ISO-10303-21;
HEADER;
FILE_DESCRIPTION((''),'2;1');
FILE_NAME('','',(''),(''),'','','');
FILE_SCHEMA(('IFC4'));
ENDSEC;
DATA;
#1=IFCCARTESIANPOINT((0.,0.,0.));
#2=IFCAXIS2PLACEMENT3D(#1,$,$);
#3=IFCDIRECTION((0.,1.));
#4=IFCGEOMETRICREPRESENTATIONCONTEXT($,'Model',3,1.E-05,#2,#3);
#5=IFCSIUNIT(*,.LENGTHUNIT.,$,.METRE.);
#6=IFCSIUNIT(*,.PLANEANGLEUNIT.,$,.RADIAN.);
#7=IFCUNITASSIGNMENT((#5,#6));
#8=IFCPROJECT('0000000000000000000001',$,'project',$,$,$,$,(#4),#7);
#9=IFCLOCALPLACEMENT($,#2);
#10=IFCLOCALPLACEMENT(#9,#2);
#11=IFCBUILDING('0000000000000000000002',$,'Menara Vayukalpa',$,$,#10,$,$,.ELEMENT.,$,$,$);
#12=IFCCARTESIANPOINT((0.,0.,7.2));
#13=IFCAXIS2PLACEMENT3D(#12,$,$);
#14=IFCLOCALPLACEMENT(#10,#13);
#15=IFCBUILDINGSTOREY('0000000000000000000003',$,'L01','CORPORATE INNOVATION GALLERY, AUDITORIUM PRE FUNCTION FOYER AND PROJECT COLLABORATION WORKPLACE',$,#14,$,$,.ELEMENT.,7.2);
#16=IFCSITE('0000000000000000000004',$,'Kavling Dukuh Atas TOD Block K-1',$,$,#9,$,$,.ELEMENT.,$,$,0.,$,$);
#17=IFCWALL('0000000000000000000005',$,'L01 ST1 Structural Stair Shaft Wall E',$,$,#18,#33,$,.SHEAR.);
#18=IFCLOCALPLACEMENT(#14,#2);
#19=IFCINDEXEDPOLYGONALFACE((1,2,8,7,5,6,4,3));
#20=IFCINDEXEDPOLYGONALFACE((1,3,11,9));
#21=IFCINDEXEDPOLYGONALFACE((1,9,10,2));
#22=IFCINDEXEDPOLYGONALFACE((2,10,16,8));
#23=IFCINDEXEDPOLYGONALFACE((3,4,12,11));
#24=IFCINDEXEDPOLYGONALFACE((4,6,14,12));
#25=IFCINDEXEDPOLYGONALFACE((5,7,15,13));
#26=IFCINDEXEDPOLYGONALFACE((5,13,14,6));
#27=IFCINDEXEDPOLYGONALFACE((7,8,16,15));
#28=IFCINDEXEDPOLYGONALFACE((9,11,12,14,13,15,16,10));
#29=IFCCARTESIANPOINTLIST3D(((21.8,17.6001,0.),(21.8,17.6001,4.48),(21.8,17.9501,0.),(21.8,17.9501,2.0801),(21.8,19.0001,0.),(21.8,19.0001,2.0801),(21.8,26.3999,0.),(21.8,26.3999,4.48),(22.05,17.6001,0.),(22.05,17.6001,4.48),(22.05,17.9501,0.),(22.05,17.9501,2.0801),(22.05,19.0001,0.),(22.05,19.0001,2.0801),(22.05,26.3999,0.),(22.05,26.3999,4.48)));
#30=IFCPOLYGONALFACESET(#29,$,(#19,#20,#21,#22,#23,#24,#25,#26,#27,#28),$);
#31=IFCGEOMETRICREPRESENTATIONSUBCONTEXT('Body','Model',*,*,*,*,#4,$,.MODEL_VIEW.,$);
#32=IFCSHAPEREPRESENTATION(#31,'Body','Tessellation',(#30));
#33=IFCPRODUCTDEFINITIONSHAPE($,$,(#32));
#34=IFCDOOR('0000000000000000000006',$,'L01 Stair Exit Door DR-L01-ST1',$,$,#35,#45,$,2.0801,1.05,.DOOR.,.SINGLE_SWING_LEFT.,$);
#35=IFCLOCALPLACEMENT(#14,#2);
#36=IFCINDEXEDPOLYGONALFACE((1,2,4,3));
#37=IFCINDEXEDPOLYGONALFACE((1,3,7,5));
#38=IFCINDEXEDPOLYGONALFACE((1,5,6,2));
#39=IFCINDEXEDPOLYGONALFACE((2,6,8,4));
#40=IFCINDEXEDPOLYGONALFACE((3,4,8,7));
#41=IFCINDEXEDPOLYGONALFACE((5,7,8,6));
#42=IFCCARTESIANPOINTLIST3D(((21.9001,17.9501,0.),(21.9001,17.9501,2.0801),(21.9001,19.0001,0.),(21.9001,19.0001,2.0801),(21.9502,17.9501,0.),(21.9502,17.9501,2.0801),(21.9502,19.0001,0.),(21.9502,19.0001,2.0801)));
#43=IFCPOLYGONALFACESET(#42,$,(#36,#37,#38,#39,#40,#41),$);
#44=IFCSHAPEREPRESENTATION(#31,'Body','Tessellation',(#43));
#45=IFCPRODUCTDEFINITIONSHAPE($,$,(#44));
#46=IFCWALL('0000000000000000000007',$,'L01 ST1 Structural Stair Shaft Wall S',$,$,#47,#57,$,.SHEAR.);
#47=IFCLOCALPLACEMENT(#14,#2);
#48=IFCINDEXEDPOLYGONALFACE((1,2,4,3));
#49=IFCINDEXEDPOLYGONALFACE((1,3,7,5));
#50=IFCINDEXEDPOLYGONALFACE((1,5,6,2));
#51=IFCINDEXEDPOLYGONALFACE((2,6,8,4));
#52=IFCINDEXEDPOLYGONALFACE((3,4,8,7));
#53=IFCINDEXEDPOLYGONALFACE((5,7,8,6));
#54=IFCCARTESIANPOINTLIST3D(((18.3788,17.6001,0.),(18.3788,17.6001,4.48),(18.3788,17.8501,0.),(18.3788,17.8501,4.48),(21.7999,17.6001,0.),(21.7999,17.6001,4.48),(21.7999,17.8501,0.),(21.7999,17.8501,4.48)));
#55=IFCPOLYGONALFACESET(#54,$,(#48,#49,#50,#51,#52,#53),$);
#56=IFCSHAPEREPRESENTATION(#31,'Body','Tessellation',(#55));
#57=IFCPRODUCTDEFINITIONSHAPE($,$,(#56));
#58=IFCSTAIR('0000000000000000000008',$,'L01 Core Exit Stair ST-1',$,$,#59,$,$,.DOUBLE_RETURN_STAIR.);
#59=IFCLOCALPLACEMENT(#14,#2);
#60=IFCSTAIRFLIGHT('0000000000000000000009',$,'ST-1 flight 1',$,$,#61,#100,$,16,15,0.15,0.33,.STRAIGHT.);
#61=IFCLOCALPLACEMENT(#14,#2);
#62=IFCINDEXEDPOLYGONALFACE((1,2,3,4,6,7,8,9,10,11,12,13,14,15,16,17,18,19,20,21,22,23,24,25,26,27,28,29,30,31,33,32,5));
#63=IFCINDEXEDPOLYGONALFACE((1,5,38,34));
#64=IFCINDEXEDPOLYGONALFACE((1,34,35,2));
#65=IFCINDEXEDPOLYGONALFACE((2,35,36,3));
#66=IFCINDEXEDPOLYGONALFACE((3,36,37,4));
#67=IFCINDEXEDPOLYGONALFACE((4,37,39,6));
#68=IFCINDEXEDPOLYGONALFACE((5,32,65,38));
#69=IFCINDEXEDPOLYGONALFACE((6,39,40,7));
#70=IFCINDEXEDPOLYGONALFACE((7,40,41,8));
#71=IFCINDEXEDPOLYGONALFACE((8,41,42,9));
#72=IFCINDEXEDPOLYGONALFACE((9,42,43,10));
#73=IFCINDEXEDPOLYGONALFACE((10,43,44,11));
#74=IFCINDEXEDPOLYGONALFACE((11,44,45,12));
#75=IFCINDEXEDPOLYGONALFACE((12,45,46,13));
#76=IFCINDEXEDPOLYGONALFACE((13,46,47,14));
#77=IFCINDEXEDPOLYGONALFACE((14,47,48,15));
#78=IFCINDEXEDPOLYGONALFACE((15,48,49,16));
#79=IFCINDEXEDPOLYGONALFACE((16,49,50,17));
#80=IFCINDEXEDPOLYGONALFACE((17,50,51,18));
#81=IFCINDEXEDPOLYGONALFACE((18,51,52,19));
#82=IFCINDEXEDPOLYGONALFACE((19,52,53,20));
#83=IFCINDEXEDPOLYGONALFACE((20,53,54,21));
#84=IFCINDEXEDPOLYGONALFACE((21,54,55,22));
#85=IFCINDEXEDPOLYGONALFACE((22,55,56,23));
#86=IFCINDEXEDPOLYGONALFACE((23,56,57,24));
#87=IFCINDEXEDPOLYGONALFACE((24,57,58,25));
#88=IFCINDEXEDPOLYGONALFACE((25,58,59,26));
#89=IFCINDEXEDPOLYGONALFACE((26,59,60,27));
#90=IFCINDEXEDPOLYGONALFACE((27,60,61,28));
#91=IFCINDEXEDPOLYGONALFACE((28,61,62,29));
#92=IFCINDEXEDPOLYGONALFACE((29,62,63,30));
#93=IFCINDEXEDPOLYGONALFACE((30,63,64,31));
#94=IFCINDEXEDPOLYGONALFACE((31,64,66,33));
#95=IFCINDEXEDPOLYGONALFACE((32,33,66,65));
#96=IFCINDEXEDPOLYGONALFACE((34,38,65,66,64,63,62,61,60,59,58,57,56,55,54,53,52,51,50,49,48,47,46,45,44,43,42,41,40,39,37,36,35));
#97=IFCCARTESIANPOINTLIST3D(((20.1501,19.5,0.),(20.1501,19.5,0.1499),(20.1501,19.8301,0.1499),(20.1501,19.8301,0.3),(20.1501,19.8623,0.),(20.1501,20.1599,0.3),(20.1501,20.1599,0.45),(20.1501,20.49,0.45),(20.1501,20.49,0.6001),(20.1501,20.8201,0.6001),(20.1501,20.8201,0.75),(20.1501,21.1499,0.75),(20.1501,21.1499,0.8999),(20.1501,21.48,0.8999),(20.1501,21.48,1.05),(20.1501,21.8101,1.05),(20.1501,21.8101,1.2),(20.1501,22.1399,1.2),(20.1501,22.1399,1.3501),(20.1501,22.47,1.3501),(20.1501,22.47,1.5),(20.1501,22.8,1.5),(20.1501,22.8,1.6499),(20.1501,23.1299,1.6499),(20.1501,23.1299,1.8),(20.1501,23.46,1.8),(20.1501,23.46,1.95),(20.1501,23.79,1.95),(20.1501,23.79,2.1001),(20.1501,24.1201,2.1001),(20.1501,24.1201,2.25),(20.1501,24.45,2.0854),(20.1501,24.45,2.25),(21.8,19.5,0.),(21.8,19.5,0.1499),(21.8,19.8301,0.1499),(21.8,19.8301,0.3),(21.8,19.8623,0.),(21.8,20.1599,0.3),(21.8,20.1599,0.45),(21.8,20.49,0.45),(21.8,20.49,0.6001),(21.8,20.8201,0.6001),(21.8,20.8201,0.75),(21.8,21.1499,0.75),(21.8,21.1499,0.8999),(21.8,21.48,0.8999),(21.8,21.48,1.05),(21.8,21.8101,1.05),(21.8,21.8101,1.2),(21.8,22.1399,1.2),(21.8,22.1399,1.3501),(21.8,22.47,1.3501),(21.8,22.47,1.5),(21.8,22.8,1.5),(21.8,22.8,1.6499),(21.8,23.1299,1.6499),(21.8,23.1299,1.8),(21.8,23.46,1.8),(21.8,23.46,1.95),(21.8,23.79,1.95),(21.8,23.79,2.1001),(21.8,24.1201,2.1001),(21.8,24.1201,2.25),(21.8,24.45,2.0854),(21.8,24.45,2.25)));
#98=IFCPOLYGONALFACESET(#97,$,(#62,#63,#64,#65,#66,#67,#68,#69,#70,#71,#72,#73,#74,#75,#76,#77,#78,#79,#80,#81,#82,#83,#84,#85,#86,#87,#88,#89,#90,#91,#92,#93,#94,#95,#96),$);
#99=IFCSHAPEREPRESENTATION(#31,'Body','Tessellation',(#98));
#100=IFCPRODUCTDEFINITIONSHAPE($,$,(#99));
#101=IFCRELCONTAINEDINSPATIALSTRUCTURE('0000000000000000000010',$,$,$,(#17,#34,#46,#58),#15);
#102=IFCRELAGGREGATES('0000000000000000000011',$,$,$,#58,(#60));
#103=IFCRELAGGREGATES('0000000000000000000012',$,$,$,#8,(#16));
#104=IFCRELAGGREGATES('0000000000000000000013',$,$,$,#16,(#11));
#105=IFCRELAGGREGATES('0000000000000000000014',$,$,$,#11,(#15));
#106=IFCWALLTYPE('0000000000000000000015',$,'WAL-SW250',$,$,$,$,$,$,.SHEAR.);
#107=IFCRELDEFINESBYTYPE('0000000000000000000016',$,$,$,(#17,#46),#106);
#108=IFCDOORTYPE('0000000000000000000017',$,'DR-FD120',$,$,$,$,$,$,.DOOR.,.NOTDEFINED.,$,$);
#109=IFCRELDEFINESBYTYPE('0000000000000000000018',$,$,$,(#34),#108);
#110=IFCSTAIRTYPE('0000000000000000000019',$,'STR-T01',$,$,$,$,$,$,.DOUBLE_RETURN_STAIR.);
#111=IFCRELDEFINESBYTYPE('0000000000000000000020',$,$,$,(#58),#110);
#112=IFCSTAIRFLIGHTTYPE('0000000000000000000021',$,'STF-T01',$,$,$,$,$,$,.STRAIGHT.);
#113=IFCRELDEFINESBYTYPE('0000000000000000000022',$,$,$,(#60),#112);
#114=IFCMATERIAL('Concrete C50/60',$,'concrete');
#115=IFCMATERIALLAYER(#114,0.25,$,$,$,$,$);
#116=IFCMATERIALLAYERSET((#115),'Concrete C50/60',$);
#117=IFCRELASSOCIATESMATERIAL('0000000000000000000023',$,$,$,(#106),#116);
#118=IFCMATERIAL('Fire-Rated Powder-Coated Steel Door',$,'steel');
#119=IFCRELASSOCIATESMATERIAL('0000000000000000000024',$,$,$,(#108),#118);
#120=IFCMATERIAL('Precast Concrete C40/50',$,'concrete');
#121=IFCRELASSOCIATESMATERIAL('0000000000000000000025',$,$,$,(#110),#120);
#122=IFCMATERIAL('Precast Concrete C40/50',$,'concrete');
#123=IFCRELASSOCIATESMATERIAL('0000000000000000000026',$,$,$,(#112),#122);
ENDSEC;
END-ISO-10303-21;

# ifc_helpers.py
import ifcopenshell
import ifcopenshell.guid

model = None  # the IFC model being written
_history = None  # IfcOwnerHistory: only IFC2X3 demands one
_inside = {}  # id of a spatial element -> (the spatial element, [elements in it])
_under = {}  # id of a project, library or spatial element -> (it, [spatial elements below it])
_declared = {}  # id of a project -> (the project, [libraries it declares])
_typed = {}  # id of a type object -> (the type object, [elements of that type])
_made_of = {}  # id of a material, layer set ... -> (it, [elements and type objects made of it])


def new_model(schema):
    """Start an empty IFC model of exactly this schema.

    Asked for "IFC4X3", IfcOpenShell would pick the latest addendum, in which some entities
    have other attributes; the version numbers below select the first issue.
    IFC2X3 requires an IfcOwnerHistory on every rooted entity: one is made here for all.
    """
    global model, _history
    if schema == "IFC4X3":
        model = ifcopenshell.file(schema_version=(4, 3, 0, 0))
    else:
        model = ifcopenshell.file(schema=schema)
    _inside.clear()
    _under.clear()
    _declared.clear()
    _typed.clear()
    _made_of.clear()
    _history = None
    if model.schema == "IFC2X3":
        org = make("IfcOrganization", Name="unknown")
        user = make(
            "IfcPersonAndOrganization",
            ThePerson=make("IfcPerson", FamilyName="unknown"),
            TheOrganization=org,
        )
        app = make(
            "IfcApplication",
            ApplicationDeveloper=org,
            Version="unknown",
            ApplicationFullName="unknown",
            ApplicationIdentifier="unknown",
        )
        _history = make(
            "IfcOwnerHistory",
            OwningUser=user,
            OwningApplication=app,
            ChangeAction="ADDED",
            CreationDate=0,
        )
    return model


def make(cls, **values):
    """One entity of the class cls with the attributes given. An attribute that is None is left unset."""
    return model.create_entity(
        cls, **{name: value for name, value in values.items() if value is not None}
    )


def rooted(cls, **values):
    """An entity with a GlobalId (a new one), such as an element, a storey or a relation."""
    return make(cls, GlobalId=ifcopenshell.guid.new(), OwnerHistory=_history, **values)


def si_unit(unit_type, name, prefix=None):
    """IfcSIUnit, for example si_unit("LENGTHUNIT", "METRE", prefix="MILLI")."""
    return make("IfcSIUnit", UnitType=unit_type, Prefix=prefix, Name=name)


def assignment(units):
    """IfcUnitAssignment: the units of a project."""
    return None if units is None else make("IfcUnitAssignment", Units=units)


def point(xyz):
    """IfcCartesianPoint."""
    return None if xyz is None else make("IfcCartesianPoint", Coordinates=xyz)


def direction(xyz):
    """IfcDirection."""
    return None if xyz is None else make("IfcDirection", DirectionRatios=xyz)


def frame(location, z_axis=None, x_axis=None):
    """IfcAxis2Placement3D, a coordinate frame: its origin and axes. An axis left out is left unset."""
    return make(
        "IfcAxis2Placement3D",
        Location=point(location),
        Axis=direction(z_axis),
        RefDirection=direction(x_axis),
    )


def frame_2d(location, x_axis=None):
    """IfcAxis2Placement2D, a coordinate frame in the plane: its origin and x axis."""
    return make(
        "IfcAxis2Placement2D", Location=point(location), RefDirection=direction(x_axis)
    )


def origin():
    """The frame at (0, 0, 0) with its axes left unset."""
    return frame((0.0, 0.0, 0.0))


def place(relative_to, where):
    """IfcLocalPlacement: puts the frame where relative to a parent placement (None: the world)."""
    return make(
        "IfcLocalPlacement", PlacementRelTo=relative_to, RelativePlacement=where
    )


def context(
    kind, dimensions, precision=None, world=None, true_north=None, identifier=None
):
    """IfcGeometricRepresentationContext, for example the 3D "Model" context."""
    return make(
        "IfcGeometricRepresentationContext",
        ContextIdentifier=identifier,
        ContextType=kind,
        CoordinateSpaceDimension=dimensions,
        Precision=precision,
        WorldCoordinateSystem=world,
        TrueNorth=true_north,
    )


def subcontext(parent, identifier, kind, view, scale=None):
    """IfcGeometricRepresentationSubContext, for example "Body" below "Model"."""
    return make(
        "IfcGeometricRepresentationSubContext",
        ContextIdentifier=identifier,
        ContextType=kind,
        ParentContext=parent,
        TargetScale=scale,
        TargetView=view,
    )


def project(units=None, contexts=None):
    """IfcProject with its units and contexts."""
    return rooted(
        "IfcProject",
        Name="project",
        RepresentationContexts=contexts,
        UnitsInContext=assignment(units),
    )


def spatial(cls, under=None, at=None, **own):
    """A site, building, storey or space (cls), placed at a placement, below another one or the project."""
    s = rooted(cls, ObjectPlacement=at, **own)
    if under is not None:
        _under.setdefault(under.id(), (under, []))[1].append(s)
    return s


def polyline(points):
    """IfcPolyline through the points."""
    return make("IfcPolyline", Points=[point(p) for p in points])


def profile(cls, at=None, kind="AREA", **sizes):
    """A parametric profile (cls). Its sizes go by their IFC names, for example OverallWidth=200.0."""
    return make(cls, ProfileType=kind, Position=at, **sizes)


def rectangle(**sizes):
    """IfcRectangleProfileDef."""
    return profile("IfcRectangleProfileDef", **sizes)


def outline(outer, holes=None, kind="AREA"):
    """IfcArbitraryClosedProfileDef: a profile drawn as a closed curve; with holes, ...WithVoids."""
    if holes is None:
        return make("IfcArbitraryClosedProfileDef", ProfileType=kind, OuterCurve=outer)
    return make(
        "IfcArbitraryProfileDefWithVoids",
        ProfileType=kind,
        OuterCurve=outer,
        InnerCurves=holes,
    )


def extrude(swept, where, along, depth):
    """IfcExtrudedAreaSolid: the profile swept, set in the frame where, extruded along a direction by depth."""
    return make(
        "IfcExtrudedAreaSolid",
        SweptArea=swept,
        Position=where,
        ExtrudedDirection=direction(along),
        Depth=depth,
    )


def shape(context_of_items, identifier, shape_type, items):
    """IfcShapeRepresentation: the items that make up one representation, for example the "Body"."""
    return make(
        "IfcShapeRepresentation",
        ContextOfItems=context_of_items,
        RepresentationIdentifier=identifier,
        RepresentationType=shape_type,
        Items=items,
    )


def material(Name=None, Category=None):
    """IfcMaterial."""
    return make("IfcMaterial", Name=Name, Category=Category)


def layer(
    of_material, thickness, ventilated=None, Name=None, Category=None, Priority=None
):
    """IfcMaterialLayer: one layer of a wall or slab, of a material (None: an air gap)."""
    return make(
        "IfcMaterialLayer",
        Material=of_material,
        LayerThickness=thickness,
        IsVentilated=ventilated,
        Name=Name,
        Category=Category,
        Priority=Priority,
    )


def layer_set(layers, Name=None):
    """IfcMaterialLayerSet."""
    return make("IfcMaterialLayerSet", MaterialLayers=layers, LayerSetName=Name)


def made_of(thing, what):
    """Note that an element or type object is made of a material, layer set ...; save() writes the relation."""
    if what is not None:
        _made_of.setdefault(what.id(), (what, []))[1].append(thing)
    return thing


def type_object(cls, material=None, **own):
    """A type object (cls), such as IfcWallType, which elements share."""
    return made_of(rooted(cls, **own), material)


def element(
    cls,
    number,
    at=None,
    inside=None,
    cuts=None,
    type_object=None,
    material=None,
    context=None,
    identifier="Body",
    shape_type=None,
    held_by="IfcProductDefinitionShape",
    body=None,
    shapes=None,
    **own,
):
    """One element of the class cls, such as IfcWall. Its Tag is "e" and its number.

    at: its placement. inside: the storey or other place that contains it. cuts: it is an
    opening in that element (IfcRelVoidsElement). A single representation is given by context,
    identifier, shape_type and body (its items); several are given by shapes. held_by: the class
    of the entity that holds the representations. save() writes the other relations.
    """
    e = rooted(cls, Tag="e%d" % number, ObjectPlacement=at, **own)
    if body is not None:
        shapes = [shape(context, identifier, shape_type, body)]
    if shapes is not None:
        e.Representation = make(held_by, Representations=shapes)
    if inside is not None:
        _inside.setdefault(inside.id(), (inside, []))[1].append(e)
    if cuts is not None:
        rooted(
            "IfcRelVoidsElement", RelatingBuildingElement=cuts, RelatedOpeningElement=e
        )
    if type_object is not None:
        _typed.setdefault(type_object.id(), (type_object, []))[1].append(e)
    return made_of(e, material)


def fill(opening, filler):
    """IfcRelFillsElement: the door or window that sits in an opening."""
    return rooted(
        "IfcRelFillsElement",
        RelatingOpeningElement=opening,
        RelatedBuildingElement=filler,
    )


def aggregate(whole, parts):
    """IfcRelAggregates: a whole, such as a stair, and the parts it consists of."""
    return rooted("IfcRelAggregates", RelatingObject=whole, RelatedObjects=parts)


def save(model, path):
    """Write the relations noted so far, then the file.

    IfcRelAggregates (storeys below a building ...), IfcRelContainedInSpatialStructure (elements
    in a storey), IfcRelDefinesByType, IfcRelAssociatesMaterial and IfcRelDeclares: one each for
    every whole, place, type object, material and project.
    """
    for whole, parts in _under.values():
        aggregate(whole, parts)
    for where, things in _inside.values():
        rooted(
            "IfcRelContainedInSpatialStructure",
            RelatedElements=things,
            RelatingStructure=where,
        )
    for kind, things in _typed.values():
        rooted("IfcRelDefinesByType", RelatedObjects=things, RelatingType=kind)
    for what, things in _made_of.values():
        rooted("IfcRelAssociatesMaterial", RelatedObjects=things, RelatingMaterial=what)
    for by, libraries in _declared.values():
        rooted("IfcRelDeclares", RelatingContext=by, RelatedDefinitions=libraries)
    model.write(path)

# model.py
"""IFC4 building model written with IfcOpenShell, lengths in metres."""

from ifc_helpers import new_model, si_unit, direction, frame, frame_2d, origin, place, context, subcontext, project, spatial, polyline, rectangle, outline, extrude, material, layer, layer_set, type_object, element, fill, aggregate, save


model = new_model("IFC4")

# Units and contexts
model_context = context("Model", 3, precision=1e-05, world=origin(), true_north=direction((0.0, 1.0)))
body_context = subcontext(model_context, "Body", "Model", "MODEL_VIEW")
ifc_project = project(units=[si_unit("LENGTHUNIT", "METRE"), si_unit("PLANEANGLEUNIT", "RADIAN")], contexts=[model_context])

# Site, building, storey
site_placement = place(None, origin())
site = spatial("IfcSite", under=ifc_project, at=site_placement, Name="Kavling Dukuh Atas TOD Block K-1", CompositionType="ELEMENT", RefElevation=0.0)
building_placement = place(site_placement, origin())
building = spatial("IfcBuilding", under=site, at=building_placement, Name="Menara Vayukalpa", CompositionType="ELEMENT")
storey_placement = place(building_placement, frame((0.0, 0.0, 7.2)))
storey = spatial("IfcBuildingStorey", under=building, at=storey_placement, Name="L01", Description="CORPORATE INNOVATION GALLERY, AUDITORIUM PRE FUNCTION FOYER AND PROJECT COLLABORATION WORKPLACE", CompositionType="ELEMENT", Elevation=7.2)

# Shared definitions
ifc_material_1 = material(Name="Concrete C50/60", Category="concrete")
ifc_layer_1 = layer(ifc_material_1, 0.25)
ifc_layer_set_1 = layer_set([ifc_layer_1], Name="Concrete C50/60")
wall_type_1 = type_object("IfcWallType", Name="WAL-SW250", PredefinedType="SHEAR", material=ifc_layer_set_1)

# Wall, opening, door
wall_1_placement = place(storey_placement, frame((21.925, 17.6001, 0.0), z_axis=(0.0, 0.0, 1.0), x_axis=(0.0, 1.0, 0.0)))
wall_1 = element("IfcWall", 1, at=wall_1_placement, inside=storey, type_object=wall_type_1, Name="L01 ST1 Structural Stair Shaft Wall E", PredefinedType="SHEAR", context=body_context, shape_type="SweptSolid", body=[
    extrude(rectangle(XDim=8.7998, YDim=0.25, at=frame_2d((4.3999, 0.0))), origin(), (0.0, 0.0, 1.0), 4.48),
])
opening_placement = place(wall_1_placement, frame((0.3501, 0.0, 0.0)))
opening = element("IfcOpeningElement", 2, at=opening_placement, cuts=wall_1, PredefinedType="OPENING", context=body_context, shape_type="SweptSolid", body=[
    extrude(rectangle(XDim=1.05, YDim=2.0801, at=frame_2d((0.5249, 1.04))), frame((0.0, 0.135, 0.0), z_axis=(0.0, -1.0, 0.0), x_axis=(1.0, 0.0, 0.0)), (0.0, 0.0, 1.0), 0.27),
])
ifc_material_2 = material(Name="Fire-Rated Powder-Coated Steel Door", Category="steel")
door_type = type_object("IfcDoorType", Name="DR-FD120", OperationType="NOTDEFINED", PredefinedType="DOOR", material=ifc_material_2)
door_placement = place(opening_placement, origin())
door = element("IfcDoor", 3, at=door_placement, inside=storey, type_object=door_type, Name="L01 Stair Exit Door DR-L01-ST1", OperationType="SINGLE_SWING_LEFT", OverallHeight=2.0801, OverallWidth=1.05, PredefinedType="DOOR", context=body_context, shape_type="SweptSolid", body=[
    extrude(rectangle(XDim=1.05, YDim=2.0801, at=frame_2d((0.5249, 1.04))), frame((0.0, 0.0249, 0.0), z_axis=(0.0, -1.0, 0.0), x_axis=(1.0, 0.0, 0.0)), (0.0, 0.0, 1.0), 0.05),
])
fill(opening, door)

# Wall
wall_2_placement = place(storey_placement, frame((18.3789, 17.7251, 0.0), z_axis=(0.0, 0.0, 1.0), x_axis=(1.0, 0.0, 0.0)))
element("IfcWall", 4, at=wall_2_placement, inside=storey, type_object=wall_type_1, Name="L01 ST1 Structural Stair Shaft Wall S", PredefinedType="SHEAR", context=body_context, shape_type="SweptSolid", body=[
    extrude(rectangle(XDim=3.4211, YDim=0.25, at=frame_2d((1.7104, 0.0))), origin(), (0.0, 0.0, 1.0), 4.48),
])

# Stair, stair flight
ifc_material_3 = material(Name="Precast Concrete C40/50", Category="concrete")
stair_type = type_object("IfcStairType", Name="STR-T01", PredefinedType="DOUBLE_RETURN_STAIR", material=ifc_material_3)
stair_placement = place(storey_placement, origin())
stair = element("IfcStair", 5, at=stair_placement, inside=storey, type_object=stair_type, Name="L01 Core Exit Stair ST-1", PredefinedType="DOUBLE_RETURN_STAIR")
ifc_material_4 = material(Name="Precast Concrete C40/50", Category="concrete")
stair_flight_type = type_object("IfcStairFlightType", Name="STF-T01", PredefinedType="STRAIGHT", material=ifc_material_4)
stair_flight_placement = place(storey_placement, frame((20.9751, 19.5, 0.0), z_axis=(0.0, 0.0, 1.0), x_axis=(0.0, 1.0, 0.0)))
stair_flight = element("IfcStairFlight", 6, at=stair_flight_placement, type_object=stair_flight_type, Name="ST-1 flight 1", NumberOfRisers=16, NumberOfTreads=15, PredefinedType="STRAIGHT", RiserHeight=0.15, TreadLength=0.33, context=body_context, shape_type="SweptSolid", body=[
    extrude(outline(polyline([(0.0, 0.0), (0.0, 0.1499), (0.3301, 0.1499), (0.3301, 0.3), (0.6599, 0.3), (0.6599, 0.45), (0.99, 0.45), (0.99, 0.6001), (1.3201, 0.6001), (1.3201, 0.75), (1.6499, 0.75), (1.6499, 0.8999), (1.98, 0.8999), (1.98, 1.05), (2.3101, 1.05), (2.3101, 1.2), (2.6399, 1.2), (2.6399, 1.3501), (2.97, 1.3501), (2.97, 1.5), (3.3, 1.5), (3.3, 1.6499), (3.6299, 1.6499), (3.6299, 1.8), (3.96, 1.8), (3.96, 1.95), (4.29, 1.95), (4.29, 2.1001), (4.6201, 2.1001), (4.6201, 2.25), (4.95, 2.25), (4.95, 2.3999), (4.95, 2.0854), (0.3623, 0.0), (0.0, 0.0)])), frame((0.0, 0.825, 0.0), z_axis=(0.0, -1.0, 0.0), x_axis=(1.0, 0.0, 0.0)), (0.0, 0.0, 1.0), 1.6499),
])
aggregate(stair, [stair_flight])

save(model, "model.ifc")
